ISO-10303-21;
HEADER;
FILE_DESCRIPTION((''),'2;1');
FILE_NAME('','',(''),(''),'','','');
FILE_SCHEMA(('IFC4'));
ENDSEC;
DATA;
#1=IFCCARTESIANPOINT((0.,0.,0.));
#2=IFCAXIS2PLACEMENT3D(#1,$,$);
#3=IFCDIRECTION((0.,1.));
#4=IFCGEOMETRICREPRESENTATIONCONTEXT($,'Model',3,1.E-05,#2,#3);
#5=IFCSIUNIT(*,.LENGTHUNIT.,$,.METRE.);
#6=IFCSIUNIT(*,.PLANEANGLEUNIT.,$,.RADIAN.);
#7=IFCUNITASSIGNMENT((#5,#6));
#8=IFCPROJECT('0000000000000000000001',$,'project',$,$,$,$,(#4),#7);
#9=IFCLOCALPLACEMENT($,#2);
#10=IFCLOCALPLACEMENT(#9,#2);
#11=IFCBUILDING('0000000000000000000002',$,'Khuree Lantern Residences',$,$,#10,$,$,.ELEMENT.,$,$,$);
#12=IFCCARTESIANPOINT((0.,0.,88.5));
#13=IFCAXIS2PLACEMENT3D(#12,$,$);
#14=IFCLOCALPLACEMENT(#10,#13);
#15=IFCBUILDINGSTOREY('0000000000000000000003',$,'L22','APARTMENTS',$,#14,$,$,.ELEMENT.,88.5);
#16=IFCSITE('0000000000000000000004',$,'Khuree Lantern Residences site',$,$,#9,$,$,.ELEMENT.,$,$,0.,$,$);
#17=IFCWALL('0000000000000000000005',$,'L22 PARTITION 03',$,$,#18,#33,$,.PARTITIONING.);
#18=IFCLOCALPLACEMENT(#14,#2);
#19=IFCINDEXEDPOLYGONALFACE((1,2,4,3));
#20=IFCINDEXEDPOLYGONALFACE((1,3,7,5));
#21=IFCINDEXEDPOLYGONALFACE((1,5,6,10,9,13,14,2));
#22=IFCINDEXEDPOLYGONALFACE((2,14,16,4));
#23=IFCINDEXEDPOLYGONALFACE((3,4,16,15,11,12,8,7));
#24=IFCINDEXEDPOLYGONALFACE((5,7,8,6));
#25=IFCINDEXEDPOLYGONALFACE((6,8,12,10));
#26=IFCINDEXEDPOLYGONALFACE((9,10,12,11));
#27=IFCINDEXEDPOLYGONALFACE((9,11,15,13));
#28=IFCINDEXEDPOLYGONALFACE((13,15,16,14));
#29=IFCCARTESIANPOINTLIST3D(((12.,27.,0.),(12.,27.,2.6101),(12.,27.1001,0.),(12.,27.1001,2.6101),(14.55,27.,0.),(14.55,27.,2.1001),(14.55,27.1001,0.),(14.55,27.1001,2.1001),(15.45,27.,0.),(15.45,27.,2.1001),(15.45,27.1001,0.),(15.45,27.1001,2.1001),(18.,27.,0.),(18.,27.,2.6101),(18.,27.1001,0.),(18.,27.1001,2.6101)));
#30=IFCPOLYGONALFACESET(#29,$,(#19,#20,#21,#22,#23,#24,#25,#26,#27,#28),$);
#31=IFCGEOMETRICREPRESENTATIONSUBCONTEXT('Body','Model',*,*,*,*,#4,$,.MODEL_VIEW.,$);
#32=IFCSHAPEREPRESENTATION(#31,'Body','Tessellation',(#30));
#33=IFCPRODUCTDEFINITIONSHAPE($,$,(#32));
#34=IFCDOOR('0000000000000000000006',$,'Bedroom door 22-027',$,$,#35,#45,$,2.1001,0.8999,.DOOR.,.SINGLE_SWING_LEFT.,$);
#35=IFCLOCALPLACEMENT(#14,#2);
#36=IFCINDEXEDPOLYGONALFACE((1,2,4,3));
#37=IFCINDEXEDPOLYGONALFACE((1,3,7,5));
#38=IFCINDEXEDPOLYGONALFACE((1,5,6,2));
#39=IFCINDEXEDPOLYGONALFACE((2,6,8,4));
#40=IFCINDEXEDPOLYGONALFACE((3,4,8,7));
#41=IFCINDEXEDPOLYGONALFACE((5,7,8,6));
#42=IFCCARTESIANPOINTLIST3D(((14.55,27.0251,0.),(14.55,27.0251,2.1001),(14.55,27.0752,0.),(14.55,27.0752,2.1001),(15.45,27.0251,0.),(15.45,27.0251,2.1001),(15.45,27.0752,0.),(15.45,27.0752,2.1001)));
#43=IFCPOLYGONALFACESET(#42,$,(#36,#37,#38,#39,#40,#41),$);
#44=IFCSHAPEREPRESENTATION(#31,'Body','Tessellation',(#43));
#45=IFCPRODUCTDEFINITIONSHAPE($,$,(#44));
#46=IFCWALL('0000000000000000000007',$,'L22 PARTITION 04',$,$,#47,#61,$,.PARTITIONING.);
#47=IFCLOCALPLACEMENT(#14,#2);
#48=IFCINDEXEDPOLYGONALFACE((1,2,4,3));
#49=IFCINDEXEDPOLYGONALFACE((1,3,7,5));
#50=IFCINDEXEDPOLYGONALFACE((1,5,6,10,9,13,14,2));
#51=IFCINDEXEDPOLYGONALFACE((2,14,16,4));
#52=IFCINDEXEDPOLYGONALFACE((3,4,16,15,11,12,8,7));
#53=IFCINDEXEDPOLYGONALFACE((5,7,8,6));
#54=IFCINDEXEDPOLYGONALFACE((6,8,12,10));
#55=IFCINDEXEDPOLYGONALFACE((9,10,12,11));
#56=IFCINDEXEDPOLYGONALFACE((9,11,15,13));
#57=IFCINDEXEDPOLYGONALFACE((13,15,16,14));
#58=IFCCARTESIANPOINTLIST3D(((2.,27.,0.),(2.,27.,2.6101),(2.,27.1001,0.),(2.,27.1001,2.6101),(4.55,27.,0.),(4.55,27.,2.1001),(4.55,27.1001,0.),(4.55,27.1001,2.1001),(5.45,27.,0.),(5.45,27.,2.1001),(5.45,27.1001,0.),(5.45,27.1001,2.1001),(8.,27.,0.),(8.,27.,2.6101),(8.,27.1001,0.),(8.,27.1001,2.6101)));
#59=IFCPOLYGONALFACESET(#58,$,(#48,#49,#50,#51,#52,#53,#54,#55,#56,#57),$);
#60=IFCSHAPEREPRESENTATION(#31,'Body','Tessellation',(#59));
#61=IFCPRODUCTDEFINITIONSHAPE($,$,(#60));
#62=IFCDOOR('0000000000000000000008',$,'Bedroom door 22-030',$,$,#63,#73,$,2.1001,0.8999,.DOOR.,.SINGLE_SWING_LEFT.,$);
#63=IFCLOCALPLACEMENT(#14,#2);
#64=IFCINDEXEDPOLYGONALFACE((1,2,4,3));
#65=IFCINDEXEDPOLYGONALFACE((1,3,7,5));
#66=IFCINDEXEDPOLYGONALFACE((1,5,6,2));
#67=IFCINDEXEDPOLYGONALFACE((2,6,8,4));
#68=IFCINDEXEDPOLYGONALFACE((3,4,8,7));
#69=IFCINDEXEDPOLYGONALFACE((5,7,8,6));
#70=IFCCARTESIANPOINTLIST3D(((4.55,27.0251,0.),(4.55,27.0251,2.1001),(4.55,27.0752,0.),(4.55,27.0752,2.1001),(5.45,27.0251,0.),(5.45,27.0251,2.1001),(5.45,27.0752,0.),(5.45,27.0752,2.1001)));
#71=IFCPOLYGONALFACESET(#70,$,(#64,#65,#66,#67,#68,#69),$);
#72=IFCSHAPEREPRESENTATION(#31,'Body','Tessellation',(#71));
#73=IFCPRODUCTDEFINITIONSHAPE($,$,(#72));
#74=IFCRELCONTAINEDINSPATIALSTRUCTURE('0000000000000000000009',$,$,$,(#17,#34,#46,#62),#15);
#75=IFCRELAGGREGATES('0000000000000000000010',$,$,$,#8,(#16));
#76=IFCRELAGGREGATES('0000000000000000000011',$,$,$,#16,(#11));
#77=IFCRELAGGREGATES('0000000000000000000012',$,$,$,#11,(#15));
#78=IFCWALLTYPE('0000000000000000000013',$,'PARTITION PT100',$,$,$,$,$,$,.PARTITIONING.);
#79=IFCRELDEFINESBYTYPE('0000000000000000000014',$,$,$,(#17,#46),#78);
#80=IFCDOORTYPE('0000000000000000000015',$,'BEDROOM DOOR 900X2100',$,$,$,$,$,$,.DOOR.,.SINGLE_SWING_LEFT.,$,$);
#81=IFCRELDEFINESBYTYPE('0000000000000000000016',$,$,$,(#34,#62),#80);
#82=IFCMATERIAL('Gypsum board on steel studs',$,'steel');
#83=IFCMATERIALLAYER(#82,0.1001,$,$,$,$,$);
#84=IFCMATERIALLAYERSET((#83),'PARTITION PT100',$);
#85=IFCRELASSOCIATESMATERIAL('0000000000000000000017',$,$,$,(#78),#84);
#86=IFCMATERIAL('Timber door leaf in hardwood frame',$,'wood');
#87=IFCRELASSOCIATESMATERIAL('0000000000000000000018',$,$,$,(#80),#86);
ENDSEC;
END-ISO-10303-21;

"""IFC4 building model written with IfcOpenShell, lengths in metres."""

from ifc_helpers import new_model, si_unit, direction, frame, frame_2d, origin, place, context, subcontext, project, spatial, rectangle, extrude, material, layer, layer_set, type_object, element, fill, save


model = new_model("IFC4")

# Units and contexts
model_context = context("Model", 3, precision=1e-05, world=origin(), true_north=direction((0.0, 1.0)))
body_context = subcontext(model_context, "Body", "Model", "MODEL_VIEW")
ifc_project = project(units=[si_unit("LENGTHUNIT", "METRE"), si_unit("PLANEANGLEUNIT", "RADIAN")], contexts=[model_context])

# Site, building, storey
site_placement = place(None, origin())
site = spatial("IfcSite", under=ifc_project, at=site_placement, Name="Khuree Lantern Residences site", CompositionType="ELEMENT", RefElevation=0.0)
building_placement = place(site_placement, origin())
building = spatial("IfcBuilding", under=site, at=building_placement, Name="Khuree Lantern Residences", CompositionType="ELEMENT")
storey_placement = place(building_placement, frame((0.0, 0.0, 88.5)))
storey = spatial("IfcBuildingStorey", under=building, at=storey_placement, Name="L22", Description="APARTMENTS", CompositionType="ELEMENT", Elevation=88.5)

# Shared definitions
ifc_material_1 = material(Name="Timber door leaf in hardwood frame", Category="wood")

# Shared definitions
ifc_material_2 = material(Name="Gypsum board on steel studs", Category="steel")
ifc_layer_1 = layer(ifc_material_2, 0.1001)
ifc_layer_set_1 = layer_set([ifc_layer_1], Name="PARTITION PT100")
wall_type_1 = type_object("IfcWallType", Name="PARTITION PT100", PredefinedType="PARTITIONING", material=ifc_layer_set_1)

# Walls, openings, doors
wall_1_placement = place(storey_placement, frame((18.0, 27.05, 0.0), z_axis=(0.0, 0.0, 1.0), x_axis=(-1.0, 0.0, 0.0)))
wall_1 = element("IfcWall", 1, at=wall_1_placement, inside=storey, type_object=wall_type_1, Name="L22 PARTITION 03", PredefinedType="PARTITIONING", context=body_context, shape_type="SweptSolid", body=[
    extrude(rectangle(XDim=6.0, YDim=0.1001, at=frame_2d((3.0, 0.0))), origin(), (0.0, 0.0, 1.0), 2.6101),
])
opening_1_placement = place(wall_1_placement, frame((2.55, 0.0, 0.0)))
opening_1 = element("IfcOpeningElement", 2, at=opening_1_placement, cuts=wall_1, PredefinedType="OPENING", context=body_context, shape_type="SweptSolid", body=[
    extrude(rectangle(XDim=0.8999, YDim=2.1001, at=frame_2d((0.45, 1.05))), frame((0.0, 0.0601, 0.0), z_axis=(0.0, -1.0, 0.0), x_axis=(1.0, 0.0, 0.0)), (0.0, 0.0, 1.0), 0.1201),
])
door_type_1 = type_object("IfcDoorType", Name="BEDROOM DOOR 900X2100", OperationType="SINGLE_SWING_LEFT", PredefinedType="DOOR", material=ifc_material_1)
door_1_placement = place(opening_1_placement, origin())
door_1 = element("IfcDoor", 3, at=door_1_placement, inside=storey, type_object=door_type_1, Name="Bedroom door 22-027", OperationType="SINGLE_SWING_LEFT", OverallHeight=2.1001, OverallWidth=0.8999, PredefinedType="DOOR", context=body_context, shape_type="SweptSolid", body=[
    extrude(rectangle(XDim=0.8999, YDim=2.1001, at=frame_2d((0.45, 1.05))), frame((0.0, 0.0249, 0.0), z_axis=(0.0, -1.0, 0.0), x_axis=(1.0, 0.0, 0.0)), (0.0, 0.0, 1.0), 0.05),
])
fill(opening_1, door_1)
wall_2_placement = place(storey_placement, frame((8.0, 27.05, 0.0), z_axis=(0.0, 0.0, 1.0), x_axis=(-1.0, 0.0, 0.0)))
wall_2 = element("IfcWall", 4, at=wall_2_placement, inside=storey, type_object=wall_type_1, Name="L22 PARTITION 04", PredefinedType="PARTITIONING", context=body_context, shape_type="SweptSolid", body=[
    extrude(rectangle(XDim=6.0, YDim=0.1001, at=frame_2d((3.0, 0.0))), origin(), (0.0, 0.0, 1.0), 2.6101),
])
opening_2_placement = place(wall_2_placement, frame((2.55, 0.0, 0.0)))
opening_2 = element("IfcOpeningElement", 5, at=opening_2_placement, cuts=wall_2, PredefinedType="OPENING", context=body_context, shape_type="SweptSolid", body=[
    extrude(rectangle(XDim=0.8999, YDim=2.1001, at=frame_2d((0.45, 1.05))), frame((0.0, 0.0601, 0.0), z_axis=(0.0, -1.0, 0.0), x_axis=(1.0, 0.0, 0.0)), (0.0, 0.0, 1.0), 0.1201),
])
door_2_placement = place(opening_2_placement, origin())
door_2 = element("IfcDoor", 6, at=door_2_placement, inside=storey, type_object=door_type_1, Name="Bedroom door 22-030", OperationType="SINGLE_SWING_LEFT", OverallHeight=2.1001, OverallWidth=0.8999, PredefinedType="DOOR", context=body_context, shape_type="SweptSolid", body=[
    extrude(rectangle(XDim=0.8999, YDim=2.1001, at=frame_2d((0.45, 1.05))), frame((0.0, 0.0249, 0.0), z_axis=(0.0, -1.0, 0.0), x_axis=(1.0, 0.0, 0.0)), (0.0, 0.0, 1.0), 0.05),
])
fill(opening_2, door_2)

save(model, "model.ifc")
